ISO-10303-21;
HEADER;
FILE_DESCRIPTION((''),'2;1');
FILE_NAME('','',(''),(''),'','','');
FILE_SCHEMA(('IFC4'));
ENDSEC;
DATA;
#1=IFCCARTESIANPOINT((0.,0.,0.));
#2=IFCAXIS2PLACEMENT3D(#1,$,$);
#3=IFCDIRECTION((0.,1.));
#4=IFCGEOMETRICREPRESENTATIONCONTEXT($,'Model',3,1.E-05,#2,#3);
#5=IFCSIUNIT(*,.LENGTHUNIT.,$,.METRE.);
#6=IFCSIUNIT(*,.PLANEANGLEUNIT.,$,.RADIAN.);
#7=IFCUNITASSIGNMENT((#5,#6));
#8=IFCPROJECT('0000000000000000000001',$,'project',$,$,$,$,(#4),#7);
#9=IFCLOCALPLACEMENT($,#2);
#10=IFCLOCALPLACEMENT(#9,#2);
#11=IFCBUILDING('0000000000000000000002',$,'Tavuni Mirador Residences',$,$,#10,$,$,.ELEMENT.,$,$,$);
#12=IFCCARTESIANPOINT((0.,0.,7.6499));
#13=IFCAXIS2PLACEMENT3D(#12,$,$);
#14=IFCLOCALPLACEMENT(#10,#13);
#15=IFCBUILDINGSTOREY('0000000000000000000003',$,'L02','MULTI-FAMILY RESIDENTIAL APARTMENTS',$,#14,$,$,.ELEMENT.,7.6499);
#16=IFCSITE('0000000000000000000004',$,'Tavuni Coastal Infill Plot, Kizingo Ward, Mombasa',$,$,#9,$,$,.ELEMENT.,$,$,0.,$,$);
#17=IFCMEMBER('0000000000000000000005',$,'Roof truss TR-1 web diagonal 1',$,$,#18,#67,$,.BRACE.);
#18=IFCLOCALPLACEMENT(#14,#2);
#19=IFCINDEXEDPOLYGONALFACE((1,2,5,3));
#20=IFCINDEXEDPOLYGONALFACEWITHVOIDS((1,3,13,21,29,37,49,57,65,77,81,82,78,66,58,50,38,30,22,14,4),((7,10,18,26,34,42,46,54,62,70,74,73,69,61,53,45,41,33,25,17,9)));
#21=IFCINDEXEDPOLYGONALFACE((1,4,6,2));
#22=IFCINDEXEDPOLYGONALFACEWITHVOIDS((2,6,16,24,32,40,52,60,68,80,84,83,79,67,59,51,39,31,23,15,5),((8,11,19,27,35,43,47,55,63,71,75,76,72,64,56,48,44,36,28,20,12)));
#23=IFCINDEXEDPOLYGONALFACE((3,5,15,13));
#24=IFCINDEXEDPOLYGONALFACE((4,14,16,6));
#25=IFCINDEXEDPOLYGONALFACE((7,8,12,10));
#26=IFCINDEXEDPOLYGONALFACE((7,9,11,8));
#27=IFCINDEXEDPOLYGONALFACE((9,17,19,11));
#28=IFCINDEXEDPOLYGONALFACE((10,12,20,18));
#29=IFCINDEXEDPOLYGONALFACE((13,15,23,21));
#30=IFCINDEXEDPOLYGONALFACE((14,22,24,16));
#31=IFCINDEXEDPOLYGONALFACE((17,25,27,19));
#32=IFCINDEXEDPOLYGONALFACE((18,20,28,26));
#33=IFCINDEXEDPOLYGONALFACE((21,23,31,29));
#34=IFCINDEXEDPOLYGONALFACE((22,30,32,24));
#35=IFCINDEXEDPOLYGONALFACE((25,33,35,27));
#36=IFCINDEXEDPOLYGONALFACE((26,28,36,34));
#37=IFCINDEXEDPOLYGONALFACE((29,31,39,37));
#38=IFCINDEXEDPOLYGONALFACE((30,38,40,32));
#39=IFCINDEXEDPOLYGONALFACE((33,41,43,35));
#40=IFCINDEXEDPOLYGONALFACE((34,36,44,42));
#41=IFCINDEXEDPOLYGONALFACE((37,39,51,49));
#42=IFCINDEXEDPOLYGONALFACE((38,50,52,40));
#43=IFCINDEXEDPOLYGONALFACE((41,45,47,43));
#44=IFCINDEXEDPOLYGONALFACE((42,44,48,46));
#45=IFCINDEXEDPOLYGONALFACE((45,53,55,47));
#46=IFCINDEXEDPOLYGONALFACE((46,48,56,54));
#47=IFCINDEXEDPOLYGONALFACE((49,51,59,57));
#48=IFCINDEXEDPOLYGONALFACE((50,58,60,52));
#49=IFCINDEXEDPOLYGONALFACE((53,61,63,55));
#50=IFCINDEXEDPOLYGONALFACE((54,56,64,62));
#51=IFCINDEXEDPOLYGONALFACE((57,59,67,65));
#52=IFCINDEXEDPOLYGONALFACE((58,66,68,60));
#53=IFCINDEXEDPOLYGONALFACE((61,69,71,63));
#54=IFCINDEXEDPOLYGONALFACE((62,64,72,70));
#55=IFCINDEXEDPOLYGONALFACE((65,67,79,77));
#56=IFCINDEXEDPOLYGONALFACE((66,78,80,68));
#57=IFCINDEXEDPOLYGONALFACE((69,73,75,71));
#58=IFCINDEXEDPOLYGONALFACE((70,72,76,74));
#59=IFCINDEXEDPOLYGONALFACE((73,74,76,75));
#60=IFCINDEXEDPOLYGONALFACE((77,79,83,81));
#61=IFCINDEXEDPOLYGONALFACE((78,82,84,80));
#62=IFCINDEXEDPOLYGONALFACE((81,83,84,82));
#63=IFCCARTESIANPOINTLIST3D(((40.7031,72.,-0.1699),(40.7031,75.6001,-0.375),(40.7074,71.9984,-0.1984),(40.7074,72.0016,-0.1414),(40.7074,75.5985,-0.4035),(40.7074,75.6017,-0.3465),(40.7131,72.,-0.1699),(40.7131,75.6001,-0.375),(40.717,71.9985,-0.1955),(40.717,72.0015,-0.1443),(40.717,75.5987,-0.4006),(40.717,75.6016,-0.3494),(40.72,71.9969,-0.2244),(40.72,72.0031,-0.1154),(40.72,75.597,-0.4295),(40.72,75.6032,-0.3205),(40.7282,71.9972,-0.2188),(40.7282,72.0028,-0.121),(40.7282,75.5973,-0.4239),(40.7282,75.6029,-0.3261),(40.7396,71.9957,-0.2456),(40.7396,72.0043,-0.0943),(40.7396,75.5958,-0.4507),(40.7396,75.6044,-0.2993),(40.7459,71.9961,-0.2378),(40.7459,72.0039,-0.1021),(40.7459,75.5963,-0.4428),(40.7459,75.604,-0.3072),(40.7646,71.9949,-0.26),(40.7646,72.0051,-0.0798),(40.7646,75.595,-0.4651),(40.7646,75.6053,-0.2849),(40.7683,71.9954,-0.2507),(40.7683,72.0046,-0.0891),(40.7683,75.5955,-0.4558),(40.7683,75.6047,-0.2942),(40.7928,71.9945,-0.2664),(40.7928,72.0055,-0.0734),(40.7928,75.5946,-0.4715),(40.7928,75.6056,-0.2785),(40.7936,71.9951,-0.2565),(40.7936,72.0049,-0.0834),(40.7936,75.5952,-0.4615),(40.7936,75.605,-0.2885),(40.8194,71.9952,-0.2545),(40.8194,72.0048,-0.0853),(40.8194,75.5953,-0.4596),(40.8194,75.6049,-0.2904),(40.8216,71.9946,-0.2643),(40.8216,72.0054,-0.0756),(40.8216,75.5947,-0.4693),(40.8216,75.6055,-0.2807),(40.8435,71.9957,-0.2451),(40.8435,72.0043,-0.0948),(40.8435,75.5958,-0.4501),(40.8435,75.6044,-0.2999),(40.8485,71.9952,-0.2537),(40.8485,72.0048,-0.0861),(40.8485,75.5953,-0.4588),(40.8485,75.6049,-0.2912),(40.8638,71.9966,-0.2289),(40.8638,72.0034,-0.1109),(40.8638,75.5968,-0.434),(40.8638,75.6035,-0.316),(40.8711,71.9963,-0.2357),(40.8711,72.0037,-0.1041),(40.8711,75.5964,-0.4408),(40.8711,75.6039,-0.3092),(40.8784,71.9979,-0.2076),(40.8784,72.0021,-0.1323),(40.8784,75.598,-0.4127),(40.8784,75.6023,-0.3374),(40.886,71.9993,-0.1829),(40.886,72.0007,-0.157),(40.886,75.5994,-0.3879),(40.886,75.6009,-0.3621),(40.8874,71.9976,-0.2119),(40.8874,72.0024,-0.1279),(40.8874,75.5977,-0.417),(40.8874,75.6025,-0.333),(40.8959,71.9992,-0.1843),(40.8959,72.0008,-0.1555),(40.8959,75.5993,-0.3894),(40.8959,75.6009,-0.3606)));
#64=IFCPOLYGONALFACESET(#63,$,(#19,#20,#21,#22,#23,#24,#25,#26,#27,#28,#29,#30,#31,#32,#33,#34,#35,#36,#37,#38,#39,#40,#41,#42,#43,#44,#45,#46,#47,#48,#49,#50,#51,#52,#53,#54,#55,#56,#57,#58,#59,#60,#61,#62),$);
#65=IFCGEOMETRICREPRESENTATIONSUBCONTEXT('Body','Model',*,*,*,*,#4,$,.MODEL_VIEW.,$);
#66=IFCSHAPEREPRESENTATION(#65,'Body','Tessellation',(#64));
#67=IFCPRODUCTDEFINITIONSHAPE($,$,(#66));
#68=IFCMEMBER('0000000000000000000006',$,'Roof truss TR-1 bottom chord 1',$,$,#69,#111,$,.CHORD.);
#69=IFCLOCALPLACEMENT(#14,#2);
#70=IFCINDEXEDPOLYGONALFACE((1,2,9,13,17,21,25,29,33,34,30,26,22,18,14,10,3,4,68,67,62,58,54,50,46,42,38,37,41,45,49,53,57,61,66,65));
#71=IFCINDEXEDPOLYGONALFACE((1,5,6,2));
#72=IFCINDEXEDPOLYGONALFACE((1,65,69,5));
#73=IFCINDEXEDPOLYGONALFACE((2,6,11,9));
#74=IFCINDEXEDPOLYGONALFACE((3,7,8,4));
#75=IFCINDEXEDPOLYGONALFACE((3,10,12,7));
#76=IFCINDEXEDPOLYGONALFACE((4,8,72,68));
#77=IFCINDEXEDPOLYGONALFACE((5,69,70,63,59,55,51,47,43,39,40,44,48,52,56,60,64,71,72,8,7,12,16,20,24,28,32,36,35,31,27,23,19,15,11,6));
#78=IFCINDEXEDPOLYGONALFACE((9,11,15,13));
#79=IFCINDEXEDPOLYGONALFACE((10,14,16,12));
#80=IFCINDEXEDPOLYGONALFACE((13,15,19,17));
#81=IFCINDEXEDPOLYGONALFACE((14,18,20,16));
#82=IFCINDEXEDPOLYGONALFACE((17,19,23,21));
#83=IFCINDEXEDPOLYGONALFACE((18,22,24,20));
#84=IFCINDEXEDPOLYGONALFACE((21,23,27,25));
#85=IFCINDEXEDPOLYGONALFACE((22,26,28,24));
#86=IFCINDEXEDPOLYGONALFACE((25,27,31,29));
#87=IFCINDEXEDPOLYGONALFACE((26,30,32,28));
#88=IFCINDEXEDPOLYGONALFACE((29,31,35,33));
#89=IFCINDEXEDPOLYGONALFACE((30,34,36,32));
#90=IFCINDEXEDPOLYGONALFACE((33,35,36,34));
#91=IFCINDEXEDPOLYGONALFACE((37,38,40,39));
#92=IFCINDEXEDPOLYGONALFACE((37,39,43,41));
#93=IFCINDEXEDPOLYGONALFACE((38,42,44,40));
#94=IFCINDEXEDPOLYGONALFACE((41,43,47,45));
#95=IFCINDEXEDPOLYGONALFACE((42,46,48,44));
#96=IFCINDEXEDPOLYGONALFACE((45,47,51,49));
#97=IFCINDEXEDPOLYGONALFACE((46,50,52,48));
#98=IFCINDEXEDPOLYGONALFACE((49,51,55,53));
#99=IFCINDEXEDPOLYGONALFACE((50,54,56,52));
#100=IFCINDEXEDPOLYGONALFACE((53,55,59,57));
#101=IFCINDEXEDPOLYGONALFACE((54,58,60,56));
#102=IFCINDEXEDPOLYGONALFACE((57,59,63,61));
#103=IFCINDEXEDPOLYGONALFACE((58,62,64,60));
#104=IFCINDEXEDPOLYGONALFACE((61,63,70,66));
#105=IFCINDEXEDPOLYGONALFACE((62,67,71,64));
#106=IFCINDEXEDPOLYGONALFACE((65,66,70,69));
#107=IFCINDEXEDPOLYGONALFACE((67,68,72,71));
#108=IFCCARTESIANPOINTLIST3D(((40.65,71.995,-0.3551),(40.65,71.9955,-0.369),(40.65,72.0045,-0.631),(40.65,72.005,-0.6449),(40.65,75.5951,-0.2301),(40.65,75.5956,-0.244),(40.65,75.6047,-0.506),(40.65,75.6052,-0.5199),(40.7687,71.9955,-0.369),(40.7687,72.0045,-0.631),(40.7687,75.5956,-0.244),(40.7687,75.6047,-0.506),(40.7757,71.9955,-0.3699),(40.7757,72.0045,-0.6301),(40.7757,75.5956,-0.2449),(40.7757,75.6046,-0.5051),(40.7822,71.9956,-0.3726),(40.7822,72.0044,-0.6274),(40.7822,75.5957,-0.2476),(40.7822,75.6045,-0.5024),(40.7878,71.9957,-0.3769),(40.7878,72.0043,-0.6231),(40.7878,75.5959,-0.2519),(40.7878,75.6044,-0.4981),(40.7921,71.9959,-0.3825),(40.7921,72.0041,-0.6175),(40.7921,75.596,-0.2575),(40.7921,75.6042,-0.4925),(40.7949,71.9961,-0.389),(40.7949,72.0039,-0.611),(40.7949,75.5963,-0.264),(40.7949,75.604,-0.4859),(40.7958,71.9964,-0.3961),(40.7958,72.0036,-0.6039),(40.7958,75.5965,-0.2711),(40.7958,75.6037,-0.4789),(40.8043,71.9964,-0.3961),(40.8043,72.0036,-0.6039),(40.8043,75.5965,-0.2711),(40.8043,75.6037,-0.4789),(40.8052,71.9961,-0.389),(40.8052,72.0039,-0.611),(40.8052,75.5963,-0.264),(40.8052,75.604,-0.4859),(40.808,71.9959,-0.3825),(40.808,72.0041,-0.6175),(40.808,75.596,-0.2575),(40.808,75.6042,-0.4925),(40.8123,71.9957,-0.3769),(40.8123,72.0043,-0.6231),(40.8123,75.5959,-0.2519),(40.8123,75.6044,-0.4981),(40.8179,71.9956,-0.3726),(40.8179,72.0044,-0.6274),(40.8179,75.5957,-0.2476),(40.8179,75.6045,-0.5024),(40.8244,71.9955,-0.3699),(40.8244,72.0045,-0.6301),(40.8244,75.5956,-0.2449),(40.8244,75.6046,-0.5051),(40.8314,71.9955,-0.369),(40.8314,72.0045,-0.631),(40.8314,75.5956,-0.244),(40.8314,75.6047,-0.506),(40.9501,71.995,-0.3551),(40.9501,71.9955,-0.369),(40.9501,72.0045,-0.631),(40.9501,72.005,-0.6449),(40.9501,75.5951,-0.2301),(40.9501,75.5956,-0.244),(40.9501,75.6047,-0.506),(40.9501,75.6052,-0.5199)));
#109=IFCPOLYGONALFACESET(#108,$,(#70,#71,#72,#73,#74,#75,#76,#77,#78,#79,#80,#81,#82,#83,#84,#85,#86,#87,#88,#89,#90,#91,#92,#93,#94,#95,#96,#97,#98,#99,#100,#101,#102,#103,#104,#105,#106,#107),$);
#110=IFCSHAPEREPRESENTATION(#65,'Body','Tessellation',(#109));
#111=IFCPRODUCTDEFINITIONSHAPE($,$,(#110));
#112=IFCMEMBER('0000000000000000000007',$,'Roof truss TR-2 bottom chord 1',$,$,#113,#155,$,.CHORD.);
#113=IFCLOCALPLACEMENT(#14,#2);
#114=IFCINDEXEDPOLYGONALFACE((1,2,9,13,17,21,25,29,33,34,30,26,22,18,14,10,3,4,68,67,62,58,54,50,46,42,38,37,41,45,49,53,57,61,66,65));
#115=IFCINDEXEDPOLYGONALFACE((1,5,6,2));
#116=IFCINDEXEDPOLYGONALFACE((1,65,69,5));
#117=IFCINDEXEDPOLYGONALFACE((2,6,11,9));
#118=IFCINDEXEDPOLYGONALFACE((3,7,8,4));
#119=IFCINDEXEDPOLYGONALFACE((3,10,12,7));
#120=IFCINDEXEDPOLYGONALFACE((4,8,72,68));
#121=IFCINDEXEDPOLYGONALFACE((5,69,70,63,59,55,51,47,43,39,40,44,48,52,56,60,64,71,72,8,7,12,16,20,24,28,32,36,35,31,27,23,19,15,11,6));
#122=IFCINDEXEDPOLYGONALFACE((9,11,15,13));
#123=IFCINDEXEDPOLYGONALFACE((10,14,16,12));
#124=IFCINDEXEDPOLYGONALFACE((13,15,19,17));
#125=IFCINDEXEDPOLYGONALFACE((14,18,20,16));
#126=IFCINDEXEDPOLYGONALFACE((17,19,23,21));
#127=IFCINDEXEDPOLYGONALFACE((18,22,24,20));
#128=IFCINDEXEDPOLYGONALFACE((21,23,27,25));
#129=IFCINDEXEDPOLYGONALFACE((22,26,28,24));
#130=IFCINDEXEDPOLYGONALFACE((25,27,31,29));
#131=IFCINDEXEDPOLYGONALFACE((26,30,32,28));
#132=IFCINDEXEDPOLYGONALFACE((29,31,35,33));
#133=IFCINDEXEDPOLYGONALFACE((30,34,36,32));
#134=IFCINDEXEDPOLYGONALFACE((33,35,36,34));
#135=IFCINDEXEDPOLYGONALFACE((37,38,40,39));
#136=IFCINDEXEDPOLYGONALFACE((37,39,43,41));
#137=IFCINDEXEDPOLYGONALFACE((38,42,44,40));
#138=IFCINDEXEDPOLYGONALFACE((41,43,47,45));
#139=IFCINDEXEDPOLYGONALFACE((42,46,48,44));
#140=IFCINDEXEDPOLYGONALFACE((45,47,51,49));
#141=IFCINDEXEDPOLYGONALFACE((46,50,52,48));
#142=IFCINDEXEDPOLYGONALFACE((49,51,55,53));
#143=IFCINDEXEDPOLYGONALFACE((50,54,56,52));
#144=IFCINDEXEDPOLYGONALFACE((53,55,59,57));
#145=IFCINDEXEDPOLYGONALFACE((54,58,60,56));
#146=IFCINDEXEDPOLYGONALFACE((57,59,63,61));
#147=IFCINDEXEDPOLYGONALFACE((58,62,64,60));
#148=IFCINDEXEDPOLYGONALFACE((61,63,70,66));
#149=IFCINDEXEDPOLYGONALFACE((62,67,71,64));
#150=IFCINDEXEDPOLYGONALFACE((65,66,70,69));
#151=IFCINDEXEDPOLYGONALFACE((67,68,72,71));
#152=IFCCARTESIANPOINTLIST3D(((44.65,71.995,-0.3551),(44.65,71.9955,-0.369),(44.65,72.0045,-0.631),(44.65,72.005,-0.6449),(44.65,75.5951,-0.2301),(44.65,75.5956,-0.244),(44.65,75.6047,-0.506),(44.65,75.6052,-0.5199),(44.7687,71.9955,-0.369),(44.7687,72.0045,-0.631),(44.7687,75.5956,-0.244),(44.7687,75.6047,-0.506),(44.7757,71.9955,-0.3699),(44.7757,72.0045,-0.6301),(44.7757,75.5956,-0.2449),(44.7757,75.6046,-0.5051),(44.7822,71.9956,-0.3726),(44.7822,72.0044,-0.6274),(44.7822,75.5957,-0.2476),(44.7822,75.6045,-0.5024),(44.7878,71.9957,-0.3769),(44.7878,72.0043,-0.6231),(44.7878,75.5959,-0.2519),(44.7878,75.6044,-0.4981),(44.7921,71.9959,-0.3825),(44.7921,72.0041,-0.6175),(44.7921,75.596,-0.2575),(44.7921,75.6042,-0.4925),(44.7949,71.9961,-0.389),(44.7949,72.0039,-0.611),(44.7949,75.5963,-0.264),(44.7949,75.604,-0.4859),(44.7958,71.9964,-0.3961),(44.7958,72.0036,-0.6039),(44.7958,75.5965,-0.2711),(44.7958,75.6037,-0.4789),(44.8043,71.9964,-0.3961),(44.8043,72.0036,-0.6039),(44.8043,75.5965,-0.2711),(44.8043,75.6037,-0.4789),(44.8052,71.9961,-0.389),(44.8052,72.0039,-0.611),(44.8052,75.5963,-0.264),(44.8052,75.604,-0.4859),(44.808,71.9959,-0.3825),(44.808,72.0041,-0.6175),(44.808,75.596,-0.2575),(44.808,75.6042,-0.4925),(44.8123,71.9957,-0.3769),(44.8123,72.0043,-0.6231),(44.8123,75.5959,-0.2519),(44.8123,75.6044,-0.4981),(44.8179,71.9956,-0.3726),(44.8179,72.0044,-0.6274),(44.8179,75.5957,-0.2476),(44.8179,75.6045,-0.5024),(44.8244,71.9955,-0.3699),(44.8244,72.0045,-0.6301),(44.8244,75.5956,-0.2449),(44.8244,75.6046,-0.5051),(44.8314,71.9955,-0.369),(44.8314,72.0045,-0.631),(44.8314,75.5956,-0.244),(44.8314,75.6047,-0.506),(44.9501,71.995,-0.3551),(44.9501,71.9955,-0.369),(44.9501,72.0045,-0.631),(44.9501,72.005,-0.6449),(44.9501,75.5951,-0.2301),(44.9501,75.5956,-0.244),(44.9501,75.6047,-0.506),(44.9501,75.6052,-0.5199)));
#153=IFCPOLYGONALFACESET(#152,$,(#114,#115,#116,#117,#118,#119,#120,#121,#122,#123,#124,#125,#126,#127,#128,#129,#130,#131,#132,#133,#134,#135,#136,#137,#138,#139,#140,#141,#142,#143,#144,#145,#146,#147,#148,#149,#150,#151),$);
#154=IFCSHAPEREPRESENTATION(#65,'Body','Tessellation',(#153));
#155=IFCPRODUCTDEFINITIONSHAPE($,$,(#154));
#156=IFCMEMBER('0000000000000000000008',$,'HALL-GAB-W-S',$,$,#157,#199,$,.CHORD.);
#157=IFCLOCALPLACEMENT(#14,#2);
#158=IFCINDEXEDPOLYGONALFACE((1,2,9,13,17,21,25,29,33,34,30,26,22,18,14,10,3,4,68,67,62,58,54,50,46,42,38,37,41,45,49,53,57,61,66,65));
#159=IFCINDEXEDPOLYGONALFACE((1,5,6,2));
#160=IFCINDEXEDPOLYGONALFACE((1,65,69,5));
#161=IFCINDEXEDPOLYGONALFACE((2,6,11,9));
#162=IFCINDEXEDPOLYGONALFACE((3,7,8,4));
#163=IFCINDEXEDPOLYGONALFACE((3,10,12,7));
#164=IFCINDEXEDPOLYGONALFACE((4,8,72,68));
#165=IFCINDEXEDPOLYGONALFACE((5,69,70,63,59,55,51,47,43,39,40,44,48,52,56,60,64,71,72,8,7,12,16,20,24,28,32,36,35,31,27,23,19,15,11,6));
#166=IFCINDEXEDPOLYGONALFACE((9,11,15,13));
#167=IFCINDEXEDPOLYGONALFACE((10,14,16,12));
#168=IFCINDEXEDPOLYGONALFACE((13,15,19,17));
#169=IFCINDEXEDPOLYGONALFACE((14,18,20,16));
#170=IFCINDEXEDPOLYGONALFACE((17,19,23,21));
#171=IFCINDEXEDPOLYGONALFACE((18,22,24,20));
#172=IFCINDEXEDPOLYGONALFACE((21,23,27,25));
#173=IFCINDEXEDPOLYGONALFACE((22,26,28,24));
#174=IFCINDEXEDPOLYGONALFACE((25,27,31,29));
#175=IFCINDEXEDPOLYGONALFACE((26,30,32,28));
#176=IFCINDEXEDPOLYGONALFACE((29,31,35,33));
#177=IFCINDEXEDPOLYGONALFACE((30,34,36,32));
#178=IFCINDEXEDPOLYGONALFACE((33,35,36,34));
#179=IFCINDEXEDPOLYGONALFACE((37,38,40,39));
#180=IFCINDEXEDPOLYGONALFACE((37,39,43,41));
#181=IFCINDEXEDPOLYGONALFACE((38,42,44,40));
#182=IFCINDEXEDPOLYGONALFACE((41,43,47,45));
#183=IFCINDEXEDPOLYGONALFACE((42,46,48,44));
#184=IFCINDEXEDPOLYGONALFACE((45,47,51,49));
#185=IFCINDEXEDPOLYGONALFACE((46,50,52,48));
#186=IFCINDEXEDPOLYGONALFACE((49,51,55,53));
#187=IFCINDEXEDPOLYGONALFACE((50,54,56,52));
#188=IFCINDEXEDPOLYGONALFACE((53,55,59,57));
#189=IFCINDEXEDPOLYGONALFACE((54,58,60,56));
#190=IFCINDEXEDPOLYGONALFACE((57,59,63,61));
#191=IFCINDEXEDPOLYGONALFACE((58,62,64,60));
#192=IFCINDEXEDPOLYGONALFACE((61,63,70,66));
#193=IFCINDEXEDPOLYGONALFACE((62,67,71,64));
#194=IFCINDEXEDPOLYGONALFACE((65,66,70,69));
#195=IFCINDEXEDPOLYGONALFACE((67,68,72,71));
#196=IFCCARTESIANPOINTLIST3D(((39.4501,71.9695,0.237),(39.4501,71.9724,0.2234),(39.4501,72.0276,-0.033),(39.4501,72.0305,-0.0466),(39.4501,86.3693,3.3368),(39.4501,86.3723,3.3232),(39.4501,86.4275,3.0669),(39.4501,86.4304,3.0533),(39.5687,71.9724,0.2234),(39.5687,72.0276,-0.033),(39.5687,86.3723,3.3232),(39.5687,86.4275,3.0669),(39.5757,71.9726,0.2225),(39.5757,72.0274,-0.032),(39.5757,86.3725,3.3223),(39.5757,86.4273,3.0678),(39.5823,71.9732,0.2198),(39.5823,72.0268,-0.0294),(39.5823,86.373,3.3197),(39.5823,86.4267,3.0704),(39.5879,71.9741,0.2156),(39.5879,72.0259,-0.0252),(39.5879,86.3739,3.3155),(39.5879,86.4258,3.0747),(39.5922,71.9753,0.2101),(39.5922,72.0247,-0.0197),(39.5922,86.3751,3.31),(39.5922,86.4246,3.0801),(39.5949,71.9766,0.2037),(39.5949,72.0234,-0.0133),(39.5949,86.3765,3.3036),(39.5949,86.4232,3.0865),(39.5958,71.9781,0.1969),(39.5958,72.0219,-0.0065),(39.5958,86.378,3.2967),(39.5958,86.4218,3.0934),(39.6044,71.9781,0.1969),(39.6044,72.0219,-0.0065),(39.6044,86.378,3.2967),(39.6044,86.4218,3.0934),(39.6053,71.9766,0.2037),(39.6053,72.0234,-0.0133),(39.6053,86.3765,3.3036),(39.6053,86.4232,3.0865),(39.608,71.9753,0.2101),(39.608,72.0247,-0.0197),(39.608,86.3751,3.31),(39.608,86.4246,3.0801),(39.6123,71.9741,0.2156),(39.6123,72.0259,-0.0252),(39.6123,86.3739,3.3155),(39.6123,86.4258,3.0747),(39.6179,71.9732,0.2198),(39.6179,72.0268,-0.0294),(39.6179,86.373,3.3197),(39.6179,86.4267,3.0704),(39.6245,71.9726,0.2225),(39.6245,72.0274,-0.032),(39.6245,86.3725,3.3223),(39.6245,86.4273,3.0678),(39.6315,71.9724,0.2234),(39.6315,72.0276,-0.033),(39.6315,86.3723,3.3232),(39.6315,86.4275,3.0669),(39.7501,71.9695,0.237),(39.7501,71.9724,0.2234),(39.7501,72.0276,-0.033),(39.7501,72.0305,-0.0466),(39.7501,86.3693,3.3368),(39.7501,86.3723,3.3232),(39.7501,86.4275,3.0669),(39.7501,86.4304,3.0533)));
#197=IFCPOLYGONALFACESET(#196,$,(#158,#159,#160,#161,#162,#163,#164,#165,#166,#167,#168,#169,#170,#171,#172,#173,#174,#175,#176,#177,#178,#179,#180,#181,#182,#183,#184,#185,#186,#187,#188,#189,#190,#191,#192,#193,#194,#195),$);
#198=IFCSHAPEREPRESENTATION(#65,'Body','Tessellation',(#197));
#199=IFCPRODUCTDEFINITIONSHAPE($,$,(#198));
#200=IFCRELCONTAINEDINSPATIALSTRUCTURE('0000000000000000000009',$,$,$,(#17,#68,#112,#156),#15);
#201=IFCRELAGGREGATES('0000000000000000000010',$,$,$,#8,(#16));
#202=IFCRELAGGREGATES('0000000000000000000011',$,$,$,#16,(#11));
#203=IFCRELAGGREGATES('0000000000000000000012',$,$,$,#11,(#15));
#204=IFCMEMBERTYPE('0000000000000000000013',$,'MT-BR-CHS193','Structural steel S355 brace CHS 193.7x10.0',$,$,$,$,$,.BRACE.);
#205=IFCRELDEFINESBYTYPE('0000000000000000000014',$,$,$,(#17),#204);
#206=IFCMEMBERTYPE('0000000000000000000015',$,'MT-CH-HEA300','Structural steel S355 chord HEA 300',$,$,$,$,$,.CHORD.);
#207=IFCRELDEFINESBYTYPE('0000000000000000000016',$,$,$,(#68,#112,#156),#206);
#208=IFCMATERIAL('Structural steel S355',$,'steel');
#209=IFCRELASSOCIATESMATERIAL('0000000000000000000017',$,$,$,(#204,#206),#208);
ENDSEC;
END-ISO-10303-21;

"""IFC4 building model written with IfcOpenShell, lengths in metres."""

from ifc_helpers import new_model, si_unit, direction, frame, origin, origin_2d, place, context, subcontext, project, spatial, hollow_circle, i_section, extrude, material, material_profile, profile_set, type_object, element, save


model = new_model("IFC4")

# Units and contexts
model_context = context("Model", 3, precision=1e-05, world=origin(), true_north=direction((0.0, 1.0)))
body_context = subcontext(model_context, "Body", "Model", "MODEL_VIEW")
ifc_project = project(units=[si_unit("LENGTHUNIT", "METRE"), si_unit("PLANEANGLEUNIT", "RADIAN")], contexts=[model_context])

# Site, building, storey
site_placement = place(None, origin())
site = spatial("IfcSite", under=ifc_project, at=site_placement, Name="Tavuni Coastal Infill Plot, Kizingo Ward, Mombasa", CompositionType="ELEMENT", RefElevation=0.0)
building_placement = place(site_placement, origin())
building = spatial("IfcBuilding", under=site, at=building_placement, Name="Tavuni Mirador Residences", CompositionType="ELEMENT")
storey_placement = place(building_placement, frame((0.0, 0.0, 7.6499)))
storey = spatial("IfcBuildingStorey", under=building, at=storey_placement, Name="L02", Description="MULTI-FAMILY RESIDENTIAL APARTMENTS", CompositionType="ELEMENT", Elevation=7.6499)

# Shared definitions
ifc_material_1 = material(Name="Structural steel S355", Category="steel")

# Members
ifc_material_profile_1 = material_profile(ifc_material_1, hollow_circle(Radius=0.0969, WallThickness=0.01, at=origin_2d()), Name="CHS 193.7x10.0", Category="steel")
ifc_profile_set_1 = profile_set([ifc_material_profile_1], Name="Structural steel S355")
member_type_1 = type_object("IfcMemberType", Name="MT-BR-CHS193", Description="Structural steel S355 brace CHS 193.7x10.0", PredefinedType="BRACE", material=ifc_profile_set_1)
member_1_placement = place(storey_placement, frame((40.8, 72.0, -0.1699), z_axis=(0.0, 0.998381, -0.056872), x_axis=(-1.0, 0.0, 0.0)))
element("IfcMember", 1, at=member_1_placement, inside=storey, type_object=member_type_1, Name="Roof truss TR-1 web diagonal 1", PredefinedType="BRACE", context=body_context, shape_type="SweptSolid", body=[
    extrude(hollow_circle(Radius=0.0969, WallThickness=0.01, at=origin_2d()), origin(), (0.0, 0.0, 1.0), 3.606),
])
ifc_material_profile_2 = material_profile(ifc_material_1, i_section(OverallWidth=0.3, OverallDepth=0.29, WebThickness=0.0085, FlangeThickness=0.0139, FilletRadius=0.0271, at=origin_2d()), Name="HEA 300", Category="steel")
ifc_profile_set_2 = profile_set([ifc_material_profile_2], Name="Structural steel S355")
member_type_2 = type_object("IfcMemberType", Name="MT-CH-HEA300", Description="Structural steel S355 chord HEA 300", PredefinedType="CHORD", material=ifc_profile_set_2)
for number, where, z_axis, x_axis, name in (
    (2, (40.8, 72.0, -0.5), (0.0, 0.999398, 0.0347), (-1.0, 0.0, 0.0), "Roof truss TR-1 bottom chord 1"),
    (3, (44.8, 72.0, -0.5), (0.0, 0.999398, 0.0347), (-1.0, 0.0, 0.0), "Roof truss TR-2 bottom chord 1"),
):
    element("IfcMember", number, at=place(storey_placement, frame(where, z_axis=z_axis, x_axis=x_axis)), inside=storey, type_object=member_type_2, Name=name, PredefinedType="CHORD", context=body_context, shape_type="SweptSolid", body=[
        extrude(i_section(OverallWidth=0.3, OverallDepth=0.29, WebThickness=0.0085, FlangeThickness=0.0139, FilletRadius=0.0271, at=origin_2d()), origin(), (0.0, 0.0, 1.0), 3.6023),
    ])
member_2_placement = place(storey_placement, frame((39.6001, 72.0, 0.0952), z_axis=(0.0, 0.977605, 0.210448), x_axis=(-1.0, 0.0, 0.0)))
element("IfcMember", 4, at=member_2_placement, inside=storey, type_object=member_type_2, Name="HALL-GAB-W-S", PredefinedType="CHORD", context=body_context, shape_type="SweptSolid", body=[
    extrude(i_section(OverallWidth=0.3, OverallDepth=0.29, WebThickness=0.0085, FlangeThickness=0.0139, FilletRadius=0.0271, at=origin_2d()), origin(), (0.0, 0.0, 1.0), 14.7297),
])

save(model, "model.ifc")
